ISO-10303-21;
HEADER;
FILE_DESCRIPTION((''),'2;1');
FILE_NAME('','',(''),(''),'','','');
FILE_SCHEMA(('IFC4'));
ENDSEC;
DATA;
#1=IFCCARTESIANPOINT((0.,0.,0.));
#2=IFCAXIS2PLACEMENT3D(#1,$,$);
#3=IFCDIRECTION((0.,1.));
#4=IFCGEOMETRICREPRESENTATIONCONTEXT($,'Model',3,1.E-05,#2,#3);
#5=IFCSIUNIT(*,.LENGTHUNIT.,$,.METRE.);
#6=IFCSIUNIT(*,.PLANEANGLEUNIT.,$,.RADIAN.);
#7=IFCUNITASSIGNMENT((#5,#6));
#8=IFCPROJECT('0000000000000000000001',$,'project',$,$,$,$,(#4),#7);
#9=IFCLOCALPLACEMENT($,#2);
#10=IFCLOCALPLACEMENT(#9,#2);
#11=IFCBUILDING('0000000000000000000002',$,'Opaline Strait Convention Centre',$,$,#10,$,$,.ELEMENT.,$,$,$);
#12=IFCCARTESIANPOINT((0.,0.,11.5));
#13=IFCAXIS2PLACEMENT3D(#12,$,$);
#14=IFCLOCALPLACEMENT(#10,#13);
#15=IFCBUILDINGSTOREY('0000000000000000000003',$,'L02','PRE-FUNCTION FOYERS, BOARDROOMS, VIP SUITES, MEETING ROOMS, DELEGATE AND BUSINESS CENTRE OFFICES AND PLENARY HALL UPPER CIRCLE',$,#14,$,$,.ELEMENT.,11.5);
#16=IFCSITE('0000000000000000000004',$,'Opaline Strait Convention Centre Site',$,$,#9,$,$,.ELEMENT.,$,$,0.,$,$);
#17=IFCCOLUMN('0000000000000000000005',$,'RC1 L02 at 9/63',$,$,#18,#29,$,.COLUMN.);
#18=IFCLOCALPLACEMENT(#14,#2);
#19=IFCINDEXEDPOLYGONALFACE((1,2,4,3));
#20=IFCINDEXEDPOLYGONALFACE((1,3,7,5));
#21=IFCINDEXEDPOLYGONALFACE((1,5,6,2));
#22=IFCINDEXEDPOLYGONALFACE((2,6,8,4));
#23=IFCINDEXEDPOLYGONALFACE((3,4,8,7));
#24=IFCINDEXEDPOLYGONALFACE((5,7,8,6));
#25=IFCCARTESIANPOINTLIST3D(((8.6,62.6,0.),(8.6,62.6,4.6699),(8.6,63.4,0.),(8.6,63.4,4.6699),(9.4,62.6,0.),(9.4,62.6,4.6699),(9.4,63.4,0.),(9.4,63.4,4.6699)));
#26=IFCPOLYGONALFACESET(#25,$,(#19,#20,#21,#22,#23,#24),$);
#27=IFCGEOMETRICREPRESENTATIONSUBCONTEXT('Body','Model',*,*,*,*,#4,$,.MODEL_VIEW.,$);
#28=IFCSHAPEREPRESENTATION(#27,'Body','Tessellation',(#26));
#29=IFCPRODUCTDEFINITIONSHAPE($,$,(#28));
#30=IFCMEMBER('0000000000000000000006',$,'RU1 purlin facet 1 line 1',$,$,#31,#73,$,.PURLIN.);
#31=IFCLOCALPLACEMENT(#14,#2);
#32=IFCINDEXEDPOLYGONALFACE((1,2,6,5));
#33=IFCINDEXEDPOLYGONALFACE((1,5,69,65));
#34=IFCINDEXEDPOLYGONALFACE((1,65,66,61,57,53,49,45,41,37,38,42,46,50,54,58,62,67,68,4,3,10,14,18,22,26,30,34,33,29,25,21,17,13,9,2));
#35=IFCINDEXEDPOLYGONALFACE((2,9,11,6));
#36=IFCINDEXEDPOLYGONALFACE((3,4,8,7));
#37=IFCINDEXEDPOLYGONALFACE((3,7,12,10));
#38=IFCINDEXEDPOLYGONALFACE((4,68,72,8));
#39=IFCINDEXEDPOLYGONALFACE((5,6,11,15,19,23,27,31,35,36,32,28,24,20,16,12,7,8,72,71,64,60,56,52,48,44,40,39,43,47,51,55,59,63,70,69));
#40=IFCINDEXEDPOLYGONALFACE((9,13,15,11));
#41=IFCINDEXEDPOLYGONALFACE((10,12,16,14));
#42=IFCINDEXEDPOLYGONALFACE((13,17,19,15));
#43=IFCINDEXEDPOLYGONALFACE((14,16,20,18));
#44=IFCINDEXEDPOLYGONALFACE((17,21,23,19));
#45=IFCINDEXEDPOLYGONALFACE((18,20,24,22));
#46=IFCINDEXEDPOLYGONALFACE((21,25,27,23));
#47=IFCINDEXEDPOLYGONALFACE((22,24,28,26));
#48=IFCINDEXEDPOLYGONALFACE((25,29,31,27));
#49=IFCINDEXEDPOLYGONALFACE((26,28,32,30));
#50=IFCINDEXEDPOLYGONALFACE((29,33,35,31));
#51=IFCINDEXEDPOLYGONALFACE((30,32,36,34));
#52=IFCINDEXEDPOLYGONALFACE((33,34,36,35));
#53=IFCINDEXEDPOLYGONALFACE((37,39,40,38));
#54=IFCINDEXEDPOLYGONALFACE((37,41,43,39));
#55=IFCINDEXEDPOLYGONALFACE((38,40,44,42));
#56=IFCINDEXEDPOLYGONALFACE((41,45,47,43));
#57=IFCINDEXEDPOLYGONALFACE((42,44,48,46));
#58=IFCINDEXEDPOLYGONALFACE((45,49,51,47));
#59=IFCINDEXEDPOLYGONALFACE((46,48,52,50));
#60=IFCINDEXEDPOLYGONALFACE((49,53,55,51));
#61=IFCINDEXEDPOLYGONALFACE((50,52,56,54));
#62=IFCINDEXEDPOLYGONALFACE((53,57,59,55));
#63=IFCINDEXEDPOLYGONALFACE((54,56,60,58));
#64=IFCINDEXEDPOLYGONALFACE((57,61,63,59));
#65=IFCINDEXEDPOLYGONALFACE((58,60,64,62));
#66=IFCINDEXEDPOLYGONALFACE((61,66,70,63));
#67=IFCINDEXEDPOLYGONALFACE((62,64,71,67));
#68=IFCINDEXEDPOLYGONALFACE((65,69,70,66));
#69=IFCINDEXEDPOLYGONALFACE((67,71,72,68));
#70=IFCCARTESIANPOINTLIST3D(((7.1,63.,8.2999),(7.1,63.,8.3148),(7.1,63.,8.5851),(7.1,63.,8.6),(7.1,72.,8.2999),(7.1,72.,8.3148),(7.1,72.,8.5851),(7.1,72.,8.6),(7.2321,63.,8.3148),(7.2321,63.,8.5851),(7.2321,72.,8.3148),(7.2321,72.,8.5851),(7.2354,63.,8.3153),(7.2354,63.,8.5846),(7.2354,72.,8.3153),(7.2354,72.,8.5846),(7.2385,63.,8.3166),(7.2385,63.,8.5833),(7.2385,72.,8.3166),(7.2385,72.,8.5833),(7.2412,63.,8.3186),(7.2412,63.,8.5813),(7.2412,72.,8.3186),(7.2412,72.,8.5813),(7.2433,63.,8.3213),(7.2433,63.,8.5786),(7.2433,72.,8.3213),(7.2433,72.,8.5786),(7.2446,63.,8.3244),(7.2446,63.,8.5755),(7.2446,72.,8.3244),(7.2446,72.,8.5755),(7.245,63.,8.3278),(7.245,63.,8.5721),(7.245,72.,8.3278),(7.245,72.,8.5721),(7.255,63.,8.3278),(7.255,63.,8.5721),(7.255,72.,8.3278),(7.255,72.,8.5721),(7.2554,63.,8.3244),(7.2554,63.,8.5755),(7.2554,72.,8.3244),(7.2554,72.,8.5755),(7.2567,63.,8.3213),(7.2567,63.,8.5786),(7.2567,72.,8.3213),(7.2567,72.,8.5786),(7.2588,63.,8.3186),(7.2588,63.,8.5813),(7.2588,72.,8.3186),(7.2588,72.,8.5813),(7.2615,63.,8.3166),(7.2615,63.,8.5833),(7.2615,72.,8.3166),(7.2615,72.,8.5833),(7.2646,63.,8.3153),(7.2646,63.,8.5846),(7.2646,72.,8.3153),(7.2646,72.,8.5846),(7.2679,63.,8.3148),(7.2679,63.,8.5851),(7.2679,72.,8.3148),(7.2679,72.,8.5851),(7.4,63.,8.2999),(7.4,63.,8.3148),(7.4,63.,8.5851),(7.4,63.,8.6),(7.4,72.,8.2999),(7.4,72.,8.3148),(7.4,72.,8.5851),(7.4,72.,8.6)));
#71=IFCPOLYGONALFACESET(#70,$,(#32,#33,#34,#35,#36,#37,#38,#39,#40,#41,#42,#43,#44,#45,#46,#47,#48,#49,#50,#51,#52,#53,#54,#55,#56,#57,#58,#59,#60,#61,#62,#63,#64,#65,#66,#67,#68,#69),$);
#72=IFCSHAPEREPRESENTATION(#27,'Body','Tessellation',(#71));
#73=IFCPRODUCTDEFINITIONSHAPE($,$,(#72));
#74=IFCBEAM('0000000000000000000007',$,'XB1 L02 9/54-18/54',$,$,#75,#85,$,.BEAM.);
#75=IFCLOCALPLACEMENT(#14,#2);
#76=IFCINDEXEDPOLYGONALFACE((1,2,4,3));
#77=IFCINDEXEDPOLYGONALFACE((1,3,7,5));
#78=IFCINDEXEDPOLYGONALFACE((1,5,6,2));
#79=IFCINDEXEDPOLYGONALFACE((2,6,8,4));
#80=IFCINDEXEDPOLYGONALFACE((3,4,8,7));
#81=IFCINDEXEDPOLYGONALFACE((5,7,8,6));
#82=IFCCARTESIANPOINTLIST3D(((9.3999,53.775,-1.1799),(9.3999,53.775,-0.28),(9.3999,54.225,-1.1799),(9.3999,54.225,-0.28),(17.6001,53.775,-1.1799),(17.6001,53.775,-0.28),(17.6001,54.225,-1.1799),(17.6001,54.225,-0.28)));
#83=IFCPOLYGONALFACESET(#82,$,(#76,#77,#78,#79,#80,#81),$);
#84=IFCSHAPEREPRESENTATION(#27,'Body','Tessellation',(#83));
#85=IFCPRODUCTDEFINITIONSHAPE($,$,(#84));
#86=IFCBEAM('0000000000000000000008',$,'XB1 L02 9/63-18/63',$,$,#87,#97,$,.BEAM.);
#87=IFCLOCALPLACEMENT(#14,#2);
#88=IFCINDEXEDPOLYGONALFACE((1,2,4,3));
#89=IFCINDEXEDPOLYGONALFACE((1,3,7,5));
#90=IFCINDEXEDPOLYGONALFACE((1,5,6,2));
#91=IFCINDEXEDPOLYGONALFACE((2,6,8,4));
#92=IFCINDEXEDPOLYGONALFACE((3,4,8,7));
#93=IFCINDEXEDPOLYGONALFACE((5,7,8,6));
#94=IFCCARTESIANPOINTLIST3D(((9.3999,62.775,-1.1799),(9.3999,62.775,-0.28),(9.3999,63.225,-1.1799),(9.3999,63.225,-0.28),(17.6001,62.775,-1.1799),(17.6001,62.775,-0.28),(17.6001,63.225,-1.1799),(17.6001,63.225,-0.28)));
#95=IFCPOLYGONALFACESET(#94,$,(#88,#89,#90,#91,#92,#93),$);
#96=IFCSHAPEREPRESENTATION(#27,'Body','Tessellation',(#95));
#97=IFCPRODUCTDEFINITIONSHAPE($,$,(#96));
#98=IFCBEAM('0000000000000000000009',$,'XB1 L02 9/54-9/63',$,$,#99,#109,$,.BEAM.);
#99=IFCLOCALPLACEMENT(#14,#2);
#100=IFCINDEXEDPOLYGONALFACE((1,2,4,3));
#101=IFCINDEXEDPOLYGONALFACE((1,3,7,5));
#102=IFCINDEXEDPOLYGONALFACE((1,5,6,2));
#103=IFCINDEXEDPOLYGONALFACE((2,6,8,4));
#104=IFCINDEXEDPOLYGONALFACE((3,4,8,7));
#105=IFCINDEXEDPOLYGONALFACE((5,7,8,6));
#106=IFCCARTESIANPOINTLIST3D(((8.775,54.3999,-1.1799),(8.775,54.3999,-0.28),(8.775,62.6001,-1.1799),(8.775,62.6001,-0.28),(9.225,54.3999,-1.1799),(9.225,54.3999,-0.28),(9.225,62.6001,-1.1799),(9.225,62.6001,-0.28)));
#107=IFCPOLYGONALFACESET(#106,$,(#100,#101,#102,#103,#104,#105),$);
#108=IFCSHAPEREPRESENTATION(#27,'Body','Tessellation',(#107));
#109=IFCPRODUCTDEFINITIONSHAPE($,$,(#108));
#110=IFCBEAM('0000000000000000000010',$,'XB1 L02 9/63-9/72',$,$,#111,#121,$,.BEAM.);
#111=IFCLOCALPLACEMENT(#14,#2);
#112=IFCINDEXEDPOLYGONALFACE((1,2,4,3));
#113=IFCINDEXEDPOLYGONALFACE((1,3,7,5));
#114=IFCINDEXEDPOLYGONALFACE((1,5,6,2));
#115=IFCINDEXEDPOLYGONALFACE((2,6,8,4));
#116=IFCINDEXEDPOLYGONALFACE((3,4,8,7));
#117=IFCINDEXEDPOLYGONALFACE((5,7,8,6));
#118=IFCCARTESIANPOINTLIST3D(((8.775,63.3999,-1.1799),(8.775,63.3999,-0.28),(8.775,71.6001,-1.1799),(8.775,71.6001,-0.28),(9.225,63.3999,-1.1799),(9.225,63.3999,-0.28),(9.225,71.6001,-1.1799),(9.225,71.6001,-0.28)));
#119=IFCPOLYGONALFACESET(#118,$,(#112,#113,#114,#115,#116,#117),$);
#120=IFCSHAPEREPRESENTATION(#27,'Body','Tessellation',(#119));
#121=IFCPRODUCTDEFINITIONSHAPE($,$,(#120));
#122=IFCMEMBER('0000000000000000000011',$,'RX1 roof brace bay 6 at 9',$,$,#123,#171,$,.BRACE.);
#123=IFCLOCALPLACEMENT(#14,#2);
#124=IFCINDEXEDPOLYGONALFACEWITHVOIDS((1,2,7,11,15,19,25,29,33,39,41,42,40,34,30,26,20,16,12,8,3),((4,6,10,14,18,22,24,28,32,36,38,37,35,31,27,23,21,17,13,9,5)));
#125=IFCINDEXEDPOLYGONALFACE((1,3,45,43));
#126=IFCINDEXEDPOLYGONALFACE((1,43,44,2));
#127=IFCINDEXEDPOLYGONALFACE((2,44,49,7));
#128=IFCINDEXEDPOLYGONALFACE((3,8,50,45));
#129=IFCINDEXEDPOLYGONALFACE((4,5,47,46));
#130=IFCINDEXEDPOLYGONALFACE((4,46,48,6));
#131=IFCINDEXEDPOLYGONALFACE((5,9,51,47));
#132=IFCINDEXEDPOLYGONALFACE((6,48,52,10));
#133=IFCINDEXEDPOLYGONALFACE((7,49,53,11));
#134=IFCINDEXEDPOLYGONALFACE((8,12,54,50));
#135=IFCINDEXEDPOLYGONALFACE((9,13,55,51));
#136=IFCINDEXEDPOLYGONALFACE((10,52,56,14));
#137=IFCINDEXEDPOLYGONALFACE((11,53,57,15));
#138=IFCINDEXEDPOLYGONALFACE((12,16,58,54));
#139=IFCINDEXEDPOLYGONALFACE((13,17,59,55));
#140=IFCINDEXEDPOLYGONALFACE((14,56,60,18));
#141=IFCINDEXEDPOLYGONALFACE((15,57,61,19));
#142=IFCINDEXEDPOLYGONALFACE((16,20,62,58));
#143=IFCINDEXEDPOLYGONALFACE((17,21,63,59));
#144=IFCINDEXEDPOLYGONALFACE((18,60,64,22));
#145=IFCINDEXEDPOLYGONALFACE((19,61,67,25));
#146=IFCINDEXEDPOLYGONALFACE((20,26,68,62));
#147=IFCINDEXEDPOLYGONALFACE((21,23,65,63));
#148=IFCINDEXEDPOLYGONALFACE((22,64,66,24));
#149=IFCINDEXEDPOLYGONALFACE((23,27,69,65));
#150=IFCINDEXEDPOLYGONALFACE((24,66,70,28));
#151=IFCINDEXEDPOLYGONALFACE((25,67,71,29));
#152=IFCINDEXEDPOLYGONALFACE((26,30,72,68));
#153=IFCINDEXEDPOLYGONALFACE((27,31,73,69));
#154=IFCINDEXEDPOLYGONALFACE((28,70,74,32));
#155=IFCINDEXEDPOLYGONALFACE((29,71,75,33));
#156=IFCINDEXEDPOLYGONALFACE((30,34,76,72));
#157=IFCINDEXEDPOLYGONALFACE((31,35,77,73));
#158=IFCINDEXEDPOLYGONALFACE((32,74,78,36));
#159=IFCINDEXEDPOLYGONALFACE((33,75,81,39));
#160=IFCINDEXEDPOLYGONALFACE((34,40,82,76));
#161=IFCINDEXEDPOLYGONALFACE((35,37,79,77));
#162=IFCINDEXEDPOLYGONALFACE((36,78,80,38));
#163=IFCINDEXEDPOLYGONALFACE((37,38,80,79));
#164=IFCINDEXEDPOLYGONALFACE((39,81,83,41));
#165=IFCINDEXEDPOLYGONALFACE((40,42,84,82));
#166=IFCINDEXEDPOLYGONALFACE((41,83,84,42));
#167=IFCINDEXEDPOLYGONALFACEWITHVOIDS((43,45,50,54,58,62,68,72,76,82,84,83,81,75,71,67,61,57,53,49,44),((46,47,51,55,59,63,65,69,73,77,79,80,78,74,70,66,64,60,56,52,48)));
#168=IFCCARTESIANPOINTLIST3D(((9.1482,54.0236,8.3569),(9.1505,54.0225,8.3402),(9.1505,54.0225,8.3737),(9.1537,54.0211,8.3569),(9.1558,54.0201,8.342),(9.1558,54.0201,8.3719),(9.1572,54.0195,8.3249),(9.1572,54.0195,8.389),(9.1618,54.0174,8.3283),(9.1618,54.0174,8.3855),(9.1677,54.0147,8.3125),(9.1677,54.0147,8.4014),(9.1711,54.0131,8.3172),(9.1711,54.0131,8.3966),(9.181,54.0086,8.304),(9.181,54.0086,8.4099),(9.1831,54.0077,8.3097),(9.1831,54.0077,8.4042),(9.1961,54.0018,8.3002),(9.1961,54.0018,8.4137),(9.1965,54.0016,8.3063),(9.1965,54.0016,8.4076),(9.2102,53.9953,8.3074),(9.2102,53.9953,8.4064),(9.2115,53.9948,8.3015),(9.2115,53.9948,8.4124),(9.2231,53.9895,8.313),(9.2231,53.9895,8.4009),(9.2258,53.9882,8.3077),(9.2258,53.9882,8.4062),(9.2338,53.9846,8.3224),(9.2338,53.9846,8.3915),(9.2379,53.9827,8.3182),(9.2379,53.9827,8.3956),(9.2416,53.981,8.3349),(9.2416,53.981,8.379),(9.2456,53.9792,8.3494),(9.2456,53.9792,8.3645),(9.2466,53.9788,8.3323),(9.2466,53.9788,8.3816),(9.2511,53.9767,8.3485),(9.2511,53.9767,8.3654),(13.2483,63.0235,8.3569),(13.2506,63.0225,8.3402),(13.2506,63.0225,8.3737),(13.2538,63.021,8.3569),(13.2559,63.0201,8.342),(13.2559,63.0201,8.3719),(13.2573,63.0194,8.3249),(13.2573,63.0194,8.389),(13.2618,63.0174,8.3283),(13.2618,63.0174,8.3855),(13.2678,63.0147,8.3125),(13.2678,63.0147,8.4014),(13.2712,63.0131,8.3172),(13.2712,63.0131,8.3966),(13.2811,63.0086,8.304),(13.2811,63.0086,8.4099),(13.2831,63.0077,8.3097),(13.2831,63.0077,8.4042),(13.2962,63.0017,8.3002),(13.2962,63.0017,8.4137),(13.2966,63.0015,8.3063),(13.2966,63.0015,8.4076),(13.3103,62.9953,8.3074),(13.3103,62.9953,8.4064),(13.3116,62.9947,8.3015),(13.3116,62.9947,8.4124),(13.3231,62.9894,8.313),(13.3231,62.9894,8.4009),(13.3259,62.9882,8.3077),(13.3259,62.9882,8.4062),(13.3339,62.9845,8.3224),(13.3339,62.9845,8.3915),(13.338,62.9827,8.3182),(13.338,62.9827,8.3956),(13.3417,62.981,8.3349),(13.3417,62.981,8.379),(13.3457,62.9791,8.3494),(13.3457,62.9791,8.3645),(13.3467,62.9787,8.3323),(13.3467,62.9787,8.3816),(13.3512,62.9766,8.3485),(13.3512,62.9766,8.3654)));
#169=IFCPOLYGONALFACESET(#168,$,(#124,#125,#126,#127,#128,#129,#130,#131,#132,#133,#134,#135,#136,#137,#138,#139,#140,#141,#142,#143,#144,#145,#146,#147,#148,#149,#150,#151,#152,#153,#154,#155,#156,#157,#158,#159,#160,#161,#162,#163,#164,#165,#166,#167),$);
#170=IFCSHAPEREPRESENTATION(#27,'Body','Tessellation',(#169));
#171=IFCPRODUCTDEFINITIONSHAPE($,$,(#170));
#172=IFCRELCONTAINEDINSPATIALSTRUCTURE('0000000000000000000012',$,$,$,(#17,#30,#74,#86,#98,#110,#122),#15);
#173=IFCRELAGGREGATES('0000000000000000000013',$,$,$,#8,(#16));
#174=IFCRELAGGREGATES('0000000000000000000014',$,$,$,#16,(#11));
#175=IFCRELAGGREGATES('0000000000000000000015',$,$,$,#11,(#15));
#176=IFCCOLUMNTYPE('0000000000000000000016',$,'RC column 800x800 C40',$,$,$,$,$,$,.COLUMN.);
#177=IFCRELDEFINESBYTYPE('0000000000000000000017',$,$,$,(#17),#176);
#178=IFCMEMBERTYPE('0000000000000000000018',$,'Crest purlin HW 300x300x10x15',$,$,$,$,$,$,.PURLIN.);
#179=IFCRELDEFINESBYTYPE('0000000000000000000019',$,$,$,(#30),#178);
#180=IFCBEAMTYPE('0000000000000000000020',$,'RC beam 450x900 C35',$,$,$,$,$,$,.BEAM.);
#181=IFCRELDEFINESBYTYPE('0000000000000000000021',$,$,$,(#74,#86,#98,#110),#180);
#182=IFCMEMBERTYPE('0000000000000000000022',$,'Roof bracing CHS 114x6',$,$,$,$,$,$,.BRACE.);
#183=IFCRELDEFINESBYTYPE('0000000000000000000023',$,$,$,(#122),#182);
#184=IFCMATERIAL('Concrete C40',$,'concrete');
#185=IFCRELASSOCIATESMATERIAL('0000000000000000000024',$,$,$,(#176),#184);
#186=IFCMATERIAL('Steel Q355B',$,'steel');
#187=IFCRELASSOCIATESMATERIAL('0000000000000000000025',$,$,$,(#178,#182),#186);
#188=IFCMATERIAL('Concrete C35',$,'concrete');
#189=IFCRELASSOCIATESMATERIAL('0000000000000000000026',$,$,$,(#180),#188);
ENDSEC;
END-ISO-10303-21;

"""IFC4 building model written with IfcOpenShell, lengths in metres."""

from ifc_helpers import new_model, si_unit, direction, frame, origin, origin_2d, place, context, subcontext, project, spatial, rectangle, hollow_circle, i_section, extrude, material, material_profile, profile_set, type_object, element, save


model = new_model("IFC4")

# Units and contexts
model_context = context("Model", 3, precision=1e-05, world=origin(), true_north=direction((0.0, 1.0)))
body_context = subcontext(model_context, "Body", "Model", "MODEL_VIEW")
ifc_project = project(units=[si_unit("LENGTHUNIT", "METRE"), si_unit("PLANEANGLEUNIT", "RADIAN")], contexts=[model_context])

# Site, building, storey
site_placement = place(None, origin())
site = spatial("IfcSite", under=ifc_project, at=site_placement, Name="Opaline Strait Convention Centre Site", CompositionType="ELEMENT", RefElevation=0.0)
building_placement = place(site_placement, origin())
building = spatial("IfcBuilding", under=site, at=building_placement, Name="Opaline Strait Convention Centre", CompositionType="ELEMENT")
storey_placement = place(building_placement, frame((0.0, 0.0, 11.5)))
storey = spatial("IfcBuildingStorey", under=building, at=storey_placement, Name="L02", Description="PRE-FUNCTION FOYERS, BOARDROOMS, VIP SUITES, MEETING ROOMS, DELEGATE AND BUSINESS CENTRE OFFICES AND PLENARY HALL UPPER CIRCLE", CompositionType="ELEMENT", Elevation=11.5)

# Column
ifc_material_1 = material(Name="Concrete C40", Category="concrete")
ifc_material_profile_1 = material_profile(ifc_material_1, rectangle(XDim=0.8, YDim=0.8, at=origin_2d()), Name="RC 800x800")
ifc_profile_set_1 = profile_set([ifc_material_profile_1], Name="Concrete C40")
column_type = type_object("IfcColumnType", Name="RC column 800x800 C40", PredefinedType="COLUMN", material=ifc_profile_set_1)
column_placement = place(storey_placement, frame((9.0, 63.0, 0.0), z_axis=(0.0, 0.0, 1.0), x_axis=(1.0, 0.0, 0.0)))
element("IfcColumn", 1, at=column_placement, inside=storey, type_object=column_type, Name="RC1 L02 at 9/63", PredefinedType="COLUMN", context=body_context, shape_type="SweptSolid", body=[
    extrude(rectangle(XDim=0.8, YDim=0.8, at=origin_2d()), origin(), (0.0, 0.0, 1.0), 4.6699),
])

# Member
ifc_material_2 = material(Name="Steel Q355B", Category="steel")
ifc_material_profile_2 = material_profile(ifc_material_2, i_section(OverallWidth=0.3, OverallDepth=0.3, WebThickness=0.01, FlangeThickness=0.0149, FilletRadius=0.0129, at=origin_2d()), Name="HW 300x300x10x15")
ifc_profile_set_2 = profile_set([ifc_material_profile_2], Name="Steel Q355B")
member_type_1 = type_object("IfcMemberType", Name="Crest purlin HW 300x300x10x15", PredefinedType="PURLIN", material=ifc_profile_set_2)
member_1_placement = place(storey_placement, frame((7.25, 63.0, 8.45), z_axis=(0.0, 1.0, 0.0), x_axis=(-1.0, 0.0, 0.0)))
element("IfcMember", 2, at=member_1_placement, inside=storey, type_object=member_type_1, Name="RU1 purlin facet 1 line 1", PredefinedType="PURLIN", context=body_context, shape_type="SweptSolid", body=[
    extrude(i_section(OverallWidth=0.3, OverallDepth=0.3, WebThickness=0.01, FlangeThickness=0.0149, FilletRadius=0.0129, at=origin_2d()), origin(), (0.0, 0.0, 1.0), 9.0),
])

# Beams
ifc_material_3 = material(Name="Concrete C35", Category="concrete")
ifc_material_profile_3 = material_profile(ifc_material_3, rectangle(XDim=0.45, YDim=0.8999, at=origin_2d()), Name="RC 450x900")
ifc_profile_set_3 = profile_set([ifc_material_profile_3], Name="Concrete C35")
beam_type = type_object("IfcBeamType", Name="RC beam 450x900 C35", PredefinedType="BEAM", material=ifc_profile_set_3)
for number, where, z_axis, x_axis, name in (
    (3, (9.3999, 54.0, -0.73), (1.0, 0.0, 0.0), (0.0, 1.0, 0.0), "XB1 L02 9/54-18/54"),
    (4, (9.3999, 63.0, -0.73), (1.0, 0.0, 0.0), (0.0, 1.0, 0.0), "XB1 L02 9/63-18/63"),
    (5, (9.0, 54.3999, -0.73), (0.0, 1.0, 0.0), (-1.0, 0.0, 0.0), "XB1 L02 9/54-9/63"),
    (6, (9.0, 63.3999, -0.73), (0.0, 1.0, 0.0), (-1.0, 0.0, 0.0), "XB1 L02 9/63-9/72"),
):
    element("IfcBeam", number, at=place(storey_placement, frame(where, z_axis=z_axis, x_axis=x_axis)), inside=storey, type_object=beam_type, Name=name, PredefinedType="BEAM", context=body_context, shape_type="SweptSolid", body=[
        extrude(rectangle(XDim=0.45, YDim=0.8999, at=origin_2d()), origin(), (0.0, 0.0, 1.0), 8.2002),
    ])

# Member
ifc_material_profile_4 = material_profile(ifc_material_2, hollow_circle(Radius=0.0569, WallThickness=0.0061, at=origin_2d()), Name="CHS 114x6")
ifc_profile_set_4 = profile_set([ifc_material_profile_4], Name="Steel Q355B")
member_type_2 = type_object("IfcMemberType", Name="Roof bracing CHS 114x6", PredefinedType="BRACE", material=ifc_profile_set_4)
for number, where, z_axis, x_axis, name in (
    (7, (9.2, 54.0, 8.3569), (0.414573, 0.910016, 0.0), (-0.910016, 0.414573, 0.0), "RX1 roof brace bay 6 at 9"),
):
    element("IfcMember", number, at=place(storey_placement, frame(where, z_axis=z_axis, x_axis=x_axis)), inside=storey, type_object=member_type_2, Name=name, PredefinedType="BRACE", context=body_context, shape_type="SweptSolid", body=[
        extrude(hollow_circle(Radius=0.0569, WallThickness=0.0061, at=origin_2d()), origin(), (0.0, 0.0, 1.0), 9.8899),
    ])

save(model, "model.ifc")
